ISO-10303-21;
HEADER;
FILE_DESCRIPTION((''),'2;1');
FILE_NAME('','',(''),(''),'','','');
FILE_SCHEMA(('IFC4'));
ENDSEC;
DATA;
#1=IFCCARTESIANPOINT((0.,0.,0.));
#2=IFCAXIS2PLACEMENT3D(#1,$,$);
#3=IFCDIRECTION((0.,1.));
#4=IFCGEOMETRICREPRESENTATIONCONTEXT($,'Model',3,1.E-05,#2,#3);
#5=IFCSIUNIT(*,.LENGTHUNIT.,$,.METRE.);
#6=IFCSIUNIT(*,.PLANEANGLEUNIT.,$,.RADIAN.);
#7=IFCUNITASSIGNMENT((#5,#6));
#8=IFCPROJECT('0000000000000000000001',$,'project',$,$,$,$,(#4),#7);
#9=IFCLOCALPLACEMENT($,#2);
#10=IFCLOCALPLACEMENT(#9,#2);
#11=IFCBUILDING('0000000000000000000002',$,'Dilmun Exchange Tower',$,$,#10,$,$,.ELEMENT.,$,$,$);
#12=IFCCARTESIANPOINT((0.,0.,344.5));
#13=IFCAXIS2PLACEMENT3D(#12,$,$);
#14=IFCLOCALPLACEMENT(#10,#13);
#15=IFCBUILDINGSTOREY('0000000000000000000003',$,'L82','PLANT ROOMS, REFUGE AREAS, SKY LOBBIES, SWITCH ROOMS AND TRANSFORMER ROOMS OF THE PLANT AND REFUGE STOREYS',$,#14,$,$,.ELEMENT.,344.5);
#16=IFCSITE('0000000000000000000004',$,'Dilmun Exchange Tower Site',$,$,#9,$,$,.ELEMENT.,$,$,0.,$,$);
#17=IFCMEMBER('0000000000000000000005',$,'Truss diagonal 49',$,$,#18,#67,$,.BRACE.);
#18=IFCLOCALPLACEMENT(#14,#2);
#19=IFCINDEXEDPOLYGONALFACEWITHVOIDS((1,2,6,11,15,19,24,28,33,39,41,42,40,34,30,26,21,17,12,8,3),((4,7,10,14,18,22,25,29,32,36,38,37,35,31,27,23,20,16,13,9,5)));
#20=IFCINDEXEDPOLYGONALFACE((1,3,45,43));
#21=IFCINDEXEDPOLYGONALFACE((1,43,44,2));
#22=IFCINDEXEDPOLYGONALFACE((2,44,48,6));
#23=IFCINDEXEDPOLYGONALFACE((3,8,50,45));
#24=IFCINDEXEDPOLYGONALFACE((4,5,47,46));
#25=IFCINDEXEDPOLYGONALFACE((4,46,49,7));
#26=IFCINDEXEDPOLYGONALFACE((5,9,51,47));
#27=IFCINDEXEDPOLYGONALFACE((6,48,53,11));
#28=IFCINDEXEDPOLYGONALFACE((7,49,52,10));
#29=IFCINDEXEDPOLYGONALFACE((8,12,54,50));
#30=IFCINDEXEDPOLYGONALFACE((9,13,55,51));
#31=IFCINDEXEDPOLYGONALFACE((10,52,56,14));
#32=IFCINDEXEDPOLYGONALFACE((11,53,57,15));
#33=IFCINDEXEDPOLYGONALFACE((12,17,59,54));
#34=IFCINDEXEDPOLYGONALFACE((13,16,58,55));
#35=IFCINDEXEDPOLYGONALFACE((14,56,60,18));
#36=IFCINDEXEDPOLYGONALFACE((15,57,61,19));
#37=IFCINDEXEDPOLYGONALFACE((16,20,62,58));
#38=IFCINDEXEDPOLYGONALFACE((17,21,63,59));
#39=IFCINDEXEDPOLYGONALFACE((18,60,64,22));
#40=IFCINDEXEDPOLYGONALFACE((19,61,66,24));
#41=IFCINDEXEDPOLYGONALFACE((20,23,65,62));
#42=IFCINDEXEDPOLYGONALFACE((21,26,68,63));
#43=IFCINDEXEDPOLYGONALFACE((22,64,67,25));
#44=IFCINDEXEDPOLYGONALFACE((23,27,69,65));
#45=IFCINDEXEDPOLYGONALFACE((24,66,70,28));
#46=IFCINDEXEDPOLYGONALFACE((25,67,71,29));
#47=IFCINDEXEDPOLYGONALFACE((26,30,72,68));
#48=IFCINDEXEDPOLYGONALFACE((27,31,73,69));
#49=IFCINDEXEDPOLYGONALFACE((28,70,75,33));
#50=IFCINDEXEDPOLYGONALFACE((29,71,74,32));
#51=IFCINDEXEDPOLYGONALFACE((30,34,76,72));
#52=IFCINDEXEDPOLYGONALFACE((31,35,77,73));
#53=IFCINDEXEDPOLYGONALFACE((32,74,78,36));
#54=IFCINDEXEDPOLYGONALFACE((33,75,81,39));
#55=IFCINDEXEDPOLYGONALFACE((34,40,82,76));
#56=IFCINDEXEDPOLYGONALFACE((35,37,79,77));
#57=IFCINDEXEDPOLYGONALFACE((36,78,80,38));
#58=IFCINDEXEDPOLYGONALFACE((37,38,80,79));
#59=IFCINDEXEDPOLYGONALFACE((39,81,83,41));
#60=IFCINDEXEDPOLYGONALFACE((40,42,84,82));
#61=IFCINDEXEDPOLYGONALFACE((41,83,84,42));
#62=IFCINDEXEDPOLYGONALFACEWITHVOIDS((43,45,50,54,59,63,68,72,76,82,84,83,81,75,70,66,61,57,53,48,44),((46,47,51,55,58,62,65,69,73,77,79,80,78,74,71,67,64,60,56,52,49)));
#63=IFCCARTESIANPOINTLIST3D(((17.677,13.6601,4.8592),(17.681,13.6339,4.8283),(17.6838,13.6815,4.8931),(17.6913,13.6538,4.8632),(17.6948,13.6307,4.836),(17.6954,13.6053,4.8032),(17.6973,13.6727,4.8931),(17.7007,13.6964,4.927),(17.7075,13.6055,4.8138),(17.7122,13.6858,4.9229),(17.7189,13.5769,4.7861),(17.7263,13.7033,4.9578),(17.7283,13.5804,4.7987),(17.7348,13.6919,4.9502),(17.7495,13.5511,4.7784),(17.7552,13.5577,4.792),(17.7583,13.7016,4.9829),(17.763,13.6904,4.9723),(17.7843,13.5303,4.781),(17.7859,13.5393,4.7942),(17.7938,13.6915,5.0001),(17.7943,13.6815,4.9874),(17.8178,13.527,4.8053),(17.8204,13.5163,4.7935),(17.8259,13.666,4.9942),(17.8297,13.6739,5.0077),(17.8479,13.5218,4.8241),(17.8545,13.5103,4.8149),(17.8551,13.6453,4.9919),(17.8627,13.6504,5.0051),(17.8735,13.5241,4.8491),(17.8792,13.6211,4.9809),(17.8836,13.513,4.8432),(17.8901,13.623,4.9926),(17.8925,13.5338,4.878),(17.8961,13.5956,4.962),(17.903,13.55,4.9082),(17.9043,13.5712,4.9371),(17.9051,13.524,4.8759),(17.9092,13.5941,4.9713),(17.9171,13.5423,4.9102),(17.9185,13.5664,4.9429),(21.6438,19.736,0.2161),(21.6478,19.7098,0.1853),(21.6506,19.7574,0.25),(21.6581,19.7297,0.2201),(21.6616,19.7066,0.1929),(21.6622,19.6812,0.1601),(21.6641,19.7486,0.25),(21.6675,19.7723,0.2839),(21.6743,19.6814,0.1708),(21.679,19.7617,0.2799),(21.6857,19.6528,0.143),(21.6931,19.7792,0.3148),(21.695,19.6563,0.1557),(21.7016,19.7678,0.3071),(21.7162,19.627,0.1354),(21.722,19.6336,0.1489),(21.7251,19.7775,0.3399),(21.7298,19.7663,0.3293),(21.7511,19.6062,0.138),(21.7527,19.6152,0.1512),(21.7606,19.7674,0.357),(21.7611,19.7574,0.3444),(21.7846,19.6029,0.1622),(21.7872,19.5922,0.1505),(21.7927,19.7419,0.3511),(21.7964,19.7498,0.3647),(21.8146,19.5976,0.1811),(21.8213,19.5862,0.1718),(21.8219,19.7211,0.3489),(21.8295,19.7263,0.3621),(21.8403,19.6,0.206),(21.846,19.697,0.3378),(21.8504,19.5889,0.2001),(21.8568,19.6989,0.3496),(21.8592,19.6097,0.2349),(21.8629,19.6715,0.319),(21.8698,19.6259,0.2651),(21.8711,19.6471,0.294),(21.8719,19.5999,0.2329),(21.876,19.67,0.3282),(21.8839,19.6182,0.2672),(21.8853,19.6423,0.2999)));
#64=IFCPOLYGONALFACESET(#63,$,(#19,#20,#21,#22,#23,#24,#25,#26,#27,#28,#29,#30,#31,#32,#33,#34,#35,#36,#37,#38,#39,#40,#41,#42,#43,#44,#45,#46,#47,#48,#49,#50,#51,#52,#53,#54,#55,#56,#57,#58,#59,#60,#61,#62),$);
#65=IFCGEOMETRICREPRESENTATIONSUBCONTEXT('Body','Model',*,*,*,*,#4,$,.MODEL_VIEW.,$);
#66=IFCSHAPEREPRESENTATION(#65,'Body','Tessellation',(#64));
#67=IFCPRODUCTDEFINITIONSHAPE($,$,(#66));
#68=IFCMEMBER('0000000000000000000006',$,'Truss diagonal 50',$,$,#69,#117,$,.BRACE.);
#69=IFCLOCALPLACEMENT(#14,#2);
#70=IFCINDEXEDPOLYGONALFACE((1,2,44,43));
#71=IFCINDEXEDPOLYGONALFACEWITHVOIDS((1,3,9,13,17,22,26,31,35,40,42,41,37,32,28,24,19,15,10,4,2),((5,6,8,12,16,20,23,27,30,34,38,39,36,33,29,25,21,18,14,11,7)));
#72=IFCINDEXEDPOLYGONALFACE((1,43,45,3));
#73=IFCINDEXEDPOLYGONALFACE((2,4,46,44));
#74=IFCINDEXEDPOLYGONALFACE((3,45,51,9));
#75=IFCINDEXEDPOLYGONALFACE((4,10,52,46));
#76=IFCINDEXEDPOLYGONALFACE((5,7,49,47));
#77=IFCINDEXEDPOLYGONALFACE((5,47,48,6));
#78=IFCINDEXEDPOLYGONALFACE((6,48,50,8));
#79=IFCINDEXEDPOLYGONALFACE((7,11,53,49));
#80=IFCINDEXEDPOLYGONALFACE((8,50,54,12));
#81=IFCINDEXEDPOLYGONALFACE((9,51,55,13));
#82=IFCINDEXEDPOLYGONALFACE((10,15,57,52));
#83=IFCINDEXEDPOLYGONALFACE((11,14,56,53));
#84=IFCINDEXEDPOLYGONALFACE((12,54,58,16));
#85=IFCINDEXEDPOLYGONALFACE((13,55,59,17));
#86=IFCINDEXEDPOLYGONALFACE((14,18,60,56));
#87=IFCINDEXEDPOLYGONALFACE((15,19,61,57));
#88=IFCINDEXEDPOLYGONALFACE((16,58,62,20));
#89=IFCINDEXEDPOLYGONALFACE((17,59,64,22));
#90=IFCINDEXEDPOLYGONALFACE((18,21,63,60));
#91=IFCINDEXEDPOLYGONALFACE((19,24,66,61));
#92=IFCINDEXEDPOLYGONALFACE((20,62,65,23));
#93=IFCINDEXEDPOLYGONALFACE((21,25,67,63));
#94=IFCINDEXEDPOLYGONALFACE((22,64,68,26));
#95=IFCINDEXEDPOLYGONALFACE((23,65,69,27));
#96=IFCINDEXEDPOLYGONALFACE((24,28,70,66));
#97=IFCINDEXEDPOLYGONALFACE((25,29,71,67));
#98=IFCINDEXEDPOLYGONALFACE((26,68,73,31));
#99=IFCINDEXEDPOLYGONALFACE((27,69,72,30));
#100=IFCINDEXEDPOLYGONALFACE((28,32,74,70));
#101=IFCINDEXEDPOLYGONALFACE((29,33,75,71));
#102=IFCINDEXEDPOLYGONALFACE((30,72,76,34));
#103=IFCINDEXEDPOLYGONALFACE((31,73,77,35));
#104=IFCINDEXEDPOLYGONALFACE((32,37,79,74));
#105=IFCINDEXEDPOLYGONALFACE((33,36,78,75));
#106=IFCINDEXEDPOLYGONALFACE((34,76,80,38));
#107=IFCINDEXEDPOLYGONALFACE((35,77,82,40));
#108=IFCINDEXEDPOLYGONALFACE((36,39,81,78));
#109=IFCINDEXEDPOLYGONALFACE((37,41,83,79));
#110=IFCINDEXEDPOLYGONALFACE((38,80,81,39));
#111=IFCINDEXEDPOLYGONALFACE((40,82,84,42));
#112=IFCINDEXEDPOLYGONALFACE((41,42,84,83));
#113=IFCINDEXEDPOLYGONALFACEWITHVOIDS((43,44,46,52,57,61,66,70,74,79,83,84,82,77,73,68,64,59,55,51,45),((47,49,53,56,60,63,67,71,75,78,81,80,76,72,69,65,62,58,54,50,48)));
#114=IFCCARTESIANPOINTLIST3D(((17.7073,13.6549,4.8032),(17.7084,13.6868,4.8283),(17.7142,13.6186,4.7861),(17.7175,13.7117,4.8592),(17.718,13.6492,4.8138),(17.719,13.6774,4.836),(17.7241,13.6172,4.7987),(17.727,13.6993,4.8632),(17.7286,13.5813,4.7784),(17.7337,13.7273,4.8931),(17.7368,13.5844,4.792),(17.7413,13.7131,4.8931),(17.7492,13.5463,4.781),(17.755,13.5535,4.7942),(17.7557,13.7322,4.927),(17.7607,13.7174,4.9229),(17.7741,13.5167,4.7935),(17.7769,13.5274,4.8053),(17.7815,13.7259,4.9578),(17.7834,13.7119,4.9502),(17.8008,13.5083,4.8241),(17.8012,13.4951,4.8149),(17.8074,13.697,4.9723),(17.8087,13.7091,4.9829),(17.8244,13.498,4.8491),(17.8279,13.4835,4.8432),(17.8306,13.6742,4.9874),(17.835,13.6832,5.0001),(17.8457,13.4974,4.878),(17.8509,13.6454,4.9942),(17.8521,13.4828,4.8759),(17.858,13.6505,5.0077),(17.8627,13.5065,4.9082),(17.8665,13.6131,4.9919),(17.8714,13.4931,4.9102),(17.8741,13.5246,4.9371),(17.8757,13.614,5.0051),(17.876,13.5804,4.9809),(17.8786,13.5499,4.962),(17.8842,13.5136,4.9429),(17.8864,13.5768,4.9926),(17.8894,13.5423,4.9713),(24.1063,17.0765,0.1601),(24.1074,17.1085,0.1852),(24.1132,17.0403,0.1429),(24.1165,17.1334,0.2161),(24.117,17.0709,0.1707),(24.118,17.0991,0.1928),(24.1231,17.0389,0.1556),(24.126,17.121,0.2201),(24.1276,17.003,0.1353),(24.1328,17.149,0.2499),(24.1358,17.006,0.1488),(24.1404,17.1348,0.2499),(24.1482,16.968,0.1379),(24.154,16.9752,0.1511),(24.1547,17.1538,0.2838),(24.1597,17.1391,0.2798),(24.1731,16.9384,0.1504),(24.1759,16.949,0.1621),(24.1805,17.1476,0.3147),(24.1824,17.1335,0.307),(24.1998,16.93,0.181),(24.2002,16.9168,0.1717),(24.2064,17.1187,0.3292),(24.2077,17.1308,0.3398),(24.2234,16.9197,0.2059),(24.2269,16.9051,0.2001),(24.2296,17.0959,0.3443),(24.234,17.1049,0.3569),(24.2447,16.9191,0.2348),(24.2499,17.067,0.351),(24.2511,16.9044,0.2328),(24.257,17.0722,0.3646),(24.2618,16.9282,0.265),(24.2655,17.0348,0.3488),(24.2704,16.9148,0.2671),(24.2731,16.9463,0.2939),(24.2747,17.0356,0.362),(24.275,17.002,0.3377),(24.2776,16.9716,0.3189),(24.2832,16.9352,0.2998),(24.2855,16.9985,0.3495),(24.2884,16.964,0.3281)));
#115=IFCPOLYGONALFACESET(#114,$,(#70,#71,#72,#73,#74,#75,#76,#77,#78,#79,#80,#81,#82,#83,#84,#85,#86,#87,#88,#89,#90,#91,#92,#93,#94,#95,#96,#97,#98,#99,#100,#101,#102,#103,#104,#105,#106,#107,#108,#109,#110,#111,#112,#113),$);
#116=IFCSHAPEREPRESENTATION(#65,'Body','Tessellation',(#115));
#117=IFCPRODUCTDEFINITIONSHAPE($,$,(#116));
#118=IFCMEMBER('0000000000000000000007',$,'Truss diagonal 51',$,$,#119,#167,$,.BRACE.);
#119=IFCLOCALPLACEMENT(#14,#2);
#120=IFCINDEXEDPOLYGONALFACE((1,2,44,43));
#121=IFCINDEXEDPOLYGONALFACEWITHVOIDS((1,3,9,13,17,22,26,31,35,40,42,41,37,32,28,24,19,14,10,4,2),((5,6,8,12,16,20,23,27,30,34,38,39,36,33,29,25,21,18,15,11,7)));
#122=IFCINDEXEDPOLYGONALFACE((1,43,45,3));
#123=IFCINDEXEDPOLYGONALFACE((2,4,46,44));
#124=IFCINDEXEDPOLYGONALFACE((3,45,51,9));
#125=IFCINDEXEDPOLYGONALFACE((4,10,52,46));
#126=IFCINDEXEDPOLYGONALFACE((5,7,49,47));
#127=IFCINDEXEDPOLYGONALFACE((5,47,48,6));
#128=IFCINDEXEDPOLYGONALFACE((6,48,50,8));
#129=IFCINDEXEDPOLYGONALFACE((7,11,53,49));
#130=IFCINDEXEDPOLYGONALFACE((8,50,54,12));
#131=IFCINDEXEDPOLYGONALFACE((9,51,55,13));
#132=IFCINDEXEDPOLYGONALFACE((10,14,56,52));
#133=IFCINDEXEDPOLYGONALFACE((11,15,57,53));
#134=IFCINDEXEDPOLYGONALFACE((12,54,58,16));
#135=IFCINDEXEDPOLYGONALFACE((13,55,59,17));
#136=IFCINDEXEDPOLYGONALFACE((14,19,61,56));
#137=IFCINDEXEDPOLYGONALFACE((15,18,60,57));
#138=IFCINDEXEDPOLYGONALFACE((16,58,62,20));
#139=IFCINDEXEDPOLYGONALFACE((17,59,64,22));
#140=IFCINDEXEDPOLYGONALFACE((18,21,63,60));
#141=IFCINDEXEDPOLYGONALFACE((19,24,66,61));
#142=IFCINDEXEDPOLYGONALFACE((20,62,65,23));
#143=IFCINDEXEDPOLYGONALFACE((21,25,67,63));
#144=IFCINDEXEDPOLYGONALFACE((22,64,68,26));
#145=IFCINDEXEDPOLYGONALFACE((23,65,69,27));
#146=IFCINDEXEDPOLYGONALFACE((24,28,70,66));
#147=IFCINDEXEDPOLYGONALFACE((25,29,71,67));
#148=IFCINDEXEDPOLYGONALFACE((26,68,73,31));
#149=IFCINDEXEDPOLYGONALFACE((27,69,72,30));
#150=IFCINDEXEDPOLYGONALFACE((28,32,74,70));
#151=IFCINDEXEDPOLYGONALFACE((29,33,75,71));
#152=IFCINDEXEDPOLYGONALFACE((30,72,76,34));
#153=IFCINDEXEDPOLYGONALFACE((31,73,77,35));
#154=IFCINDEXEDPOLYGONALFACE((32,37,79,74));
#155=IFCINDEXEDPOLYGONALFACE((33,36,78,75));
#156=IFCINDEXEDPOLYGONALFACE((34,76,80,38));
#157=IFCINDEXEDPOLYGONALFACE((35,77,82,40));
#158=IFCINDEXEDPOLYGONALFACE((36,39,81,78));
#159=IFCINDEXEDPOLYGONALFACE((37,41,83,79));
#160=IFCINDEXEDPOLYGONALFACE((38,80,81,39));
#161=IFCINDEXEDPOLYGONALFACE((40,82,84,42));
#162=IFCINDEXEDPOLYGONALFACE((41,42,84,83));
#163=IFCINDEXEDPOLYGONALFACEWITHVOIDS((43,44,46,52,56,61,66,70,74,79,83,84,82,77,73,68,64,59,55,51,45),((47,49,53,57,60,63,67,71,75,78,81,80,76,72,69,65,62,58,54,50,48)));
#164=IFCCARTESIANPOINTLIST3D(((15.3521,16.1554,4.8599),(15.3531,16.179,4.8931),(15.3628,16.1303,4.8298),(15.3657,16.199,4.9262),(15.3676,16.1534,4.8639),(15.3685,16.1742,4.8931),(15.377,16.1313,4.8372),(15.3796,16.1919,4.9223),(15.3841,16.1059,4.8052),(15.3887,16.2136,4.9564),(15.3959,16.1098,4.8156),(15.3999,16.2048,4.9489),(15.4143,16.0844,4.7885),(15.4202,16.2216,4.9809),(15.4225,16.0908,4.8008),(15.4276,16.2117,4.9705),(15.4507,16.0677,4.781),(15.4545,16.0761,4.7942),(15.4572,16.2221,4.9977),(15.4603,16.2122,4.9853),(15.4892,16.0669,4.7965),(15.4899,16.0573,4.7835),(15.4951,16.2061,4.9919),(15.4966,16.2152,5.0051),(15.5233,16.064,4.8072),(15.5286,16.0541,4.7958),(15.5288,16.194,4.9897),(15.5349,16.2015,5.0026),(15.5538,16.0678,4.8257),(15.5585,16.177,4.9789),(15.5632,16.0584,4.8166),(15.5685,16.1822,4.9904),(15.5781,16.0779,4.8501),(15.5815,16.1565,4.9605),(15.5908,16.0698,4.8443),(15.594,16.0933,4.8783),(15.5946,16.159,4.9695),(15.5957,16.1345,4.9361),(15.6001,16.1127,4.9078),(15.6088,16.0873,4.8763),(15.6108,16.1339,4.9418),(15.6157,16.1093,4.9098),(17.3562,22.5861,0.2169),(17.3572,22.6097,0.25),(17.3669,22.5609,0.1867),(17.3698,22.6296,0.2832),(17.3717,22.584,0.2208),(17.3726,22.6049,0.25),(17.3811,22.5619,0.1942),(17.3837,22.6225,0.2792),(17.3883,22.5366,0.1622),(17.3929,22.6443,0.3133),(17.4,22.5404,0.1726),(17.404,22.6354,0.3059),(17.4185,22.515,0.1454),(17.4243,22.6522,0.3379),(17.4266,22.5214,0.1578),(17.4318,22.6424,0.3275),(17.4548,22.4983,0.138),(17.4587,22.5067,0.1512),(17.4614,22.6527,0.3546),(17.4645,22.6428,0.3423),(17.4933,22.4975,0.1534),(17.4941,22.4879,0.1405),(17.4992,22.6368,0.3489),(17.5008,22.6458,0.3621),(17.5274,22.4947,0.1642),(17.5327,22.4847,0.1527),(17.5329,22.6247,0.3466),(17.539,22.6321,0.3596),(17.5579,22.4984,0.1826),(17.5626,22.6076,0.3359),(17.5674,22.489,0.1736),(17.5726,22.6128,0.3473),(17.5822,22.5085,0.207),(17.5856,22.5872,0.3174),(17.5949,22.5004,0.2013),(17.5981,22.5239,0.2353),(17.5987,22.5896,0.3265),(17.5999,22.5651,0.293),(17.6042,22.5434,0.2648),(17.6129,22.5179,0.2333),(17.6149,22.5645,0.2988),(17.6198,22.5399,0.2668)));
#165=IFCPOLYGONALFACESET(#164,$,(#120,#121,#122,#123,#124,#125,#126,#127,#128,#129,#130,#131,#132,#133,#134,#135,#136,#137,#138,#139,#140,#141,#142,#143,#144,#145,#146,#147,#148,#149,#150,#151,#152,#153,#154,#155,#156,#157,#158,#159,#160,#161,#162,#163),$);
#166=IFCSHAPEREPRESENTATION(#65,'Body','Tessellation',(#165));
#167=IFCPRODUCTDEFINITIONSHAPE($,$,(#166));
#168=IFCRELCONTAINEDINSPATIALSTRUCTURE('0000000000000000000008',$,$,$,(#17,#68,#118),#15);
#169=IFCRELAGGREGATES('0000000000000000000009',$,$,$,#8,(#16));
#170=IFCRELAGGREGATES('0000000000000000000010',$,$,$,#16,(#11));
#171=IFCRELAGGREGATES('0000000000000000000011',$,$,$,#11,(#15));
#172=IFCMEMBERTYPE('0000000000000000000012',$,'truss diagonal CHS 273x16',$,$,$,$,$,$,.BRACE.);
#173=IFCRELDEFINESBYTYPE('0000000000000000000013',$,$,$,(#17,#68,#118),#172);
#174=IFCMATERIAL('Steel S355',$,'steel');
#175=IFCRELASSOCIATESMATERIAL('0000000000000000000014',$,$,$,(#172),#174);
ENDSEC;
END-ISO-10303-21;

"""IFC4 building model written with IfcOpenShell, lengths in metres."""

from ifc_helpers import new_model, si_unit, direction, frame, origin, origin_2d, place, context, subcontext, project, spatial, hollow_circle, extrude, material, material_profile, profile_set, type_object, element, save


model = new_model("IFC4")

# Units and contexts
model_context = context("Model", 3, precision=1e-05, world=origin(), true_north=direction((0.0, 1.0)))
body_context = subcontext(model_context, "Body", "Model", "MODEL_VIEW")
ifc_project = project(units=[si_unit("LENGTHUNIT", "METRE"), si_unit("PLANEANGLEUNIT", "RADIAN")], contexts=[model_context])

# Site, building, storey
site_placement = place(None, origin())
site = spatial("IfcSite", under=ifc_project, at=site_placement, Name="Dilmun Exchange Tower Site", CompositionType="ELEMENT", RefElevation=0.0)
building_placement = place(site_placement, origin())
building = spatial("IfcBuilding", under=site, at=building_placement, Name="Dilmun Exchange Tower", CompositionType="ELEMENT")
storey_placement = place(building_placement, frame((0.0, 0.0, 344.5)))
storey = spatial("IfcBuildingStorey", under=building, at=storey_placement, Name="L82", Description="PLANT ROOMS, REFUGE AREAS, SKY LOBBIES, SWITCH ROOMS AND TRANSFORMER ROOMS OF THE PLANT AND REFUGE STOREYS", CompositionType="ELEMENT", Elevation=344.5)

# Shared definitions
ifc_material_1 = material(Name="Steel S355", Category="steel")

# Members
ifc_material_profile_1 = material_profile(ifc_material_1, hollow_circle(Radius=0.1365, WallThickness=0.0161, at=origin_2d()), Name="CHS 273x16")
ifc_profile_set_1 = profile_set([ifc_material_profile_1], Name="Steel S355")
member_type_1 = type_object("IfcMemberType", Name="truss diagonal CHS 273x16", PredefinedType="BRACE", material=ifc_profile_set_1)
member_1_placement = place(storey_placement, frame((17.7981, 13.6069, 4.8931), z_axis=(0.460476, 0.70531, -0.53898), x_axis=(-0.837343, 0.546677, 0.0)))
element("IfcMember", 1, at=member_1_placement, inside=storey, type_object=member_type_1, Name="Truss diagonal 49", PredefinedType="BRACE", context=body_context, shape_type="SweptSolid", body=[
    extrude(hollow_circle(Radius=0.1365, WallThickness=0.0161, at=origin_2d()), origin(), (0.0, 0.0, 1.0), 8.6145),
])
member_2_placement = place(storey_placement, frame((17.7981, 13.6069, 4.8931), z_axis=(0.742797, 0.397188, -0.538974), x_axis=(-0.47154, 0.881845, 0.0)))
element("IfcMember", 2, at=member_2_placement, inside=storey, type_object=member_type_1, Name="Truss diagonal 50", PredefinedType="BRACE", context=body_context, shape_type="SweptSolid", body=[
    extrude(hollow_circle(Radius=0.1365, WallThickness=0.0161, at=origin_2d()), origin(), (0.0, 0.0, 1.0), 8.6147),
])
member_3_placement = place(storey_placement, frame((15.4834, 16.1384, 4.8931), z_axis=(0.244977, 0.786052, -0.567545), x_axis=(-0.954709, 0.29754, 0.0)))
element("IfcMember", 3, at=member_3_placement, inside=storey, type_object=member_type_1, Name="Truss diagonal 51", PredefinedType="BRACE", context=body_context, shape_type="SweptSolid", body=[
    extrude(hollow_circle(Radius=0.1365, WallThickness=0.0161, at=origin_2d()), origin(), (0.0, 0.0, 1.0), 8.1809),
])

save(model, "model.ifc")
